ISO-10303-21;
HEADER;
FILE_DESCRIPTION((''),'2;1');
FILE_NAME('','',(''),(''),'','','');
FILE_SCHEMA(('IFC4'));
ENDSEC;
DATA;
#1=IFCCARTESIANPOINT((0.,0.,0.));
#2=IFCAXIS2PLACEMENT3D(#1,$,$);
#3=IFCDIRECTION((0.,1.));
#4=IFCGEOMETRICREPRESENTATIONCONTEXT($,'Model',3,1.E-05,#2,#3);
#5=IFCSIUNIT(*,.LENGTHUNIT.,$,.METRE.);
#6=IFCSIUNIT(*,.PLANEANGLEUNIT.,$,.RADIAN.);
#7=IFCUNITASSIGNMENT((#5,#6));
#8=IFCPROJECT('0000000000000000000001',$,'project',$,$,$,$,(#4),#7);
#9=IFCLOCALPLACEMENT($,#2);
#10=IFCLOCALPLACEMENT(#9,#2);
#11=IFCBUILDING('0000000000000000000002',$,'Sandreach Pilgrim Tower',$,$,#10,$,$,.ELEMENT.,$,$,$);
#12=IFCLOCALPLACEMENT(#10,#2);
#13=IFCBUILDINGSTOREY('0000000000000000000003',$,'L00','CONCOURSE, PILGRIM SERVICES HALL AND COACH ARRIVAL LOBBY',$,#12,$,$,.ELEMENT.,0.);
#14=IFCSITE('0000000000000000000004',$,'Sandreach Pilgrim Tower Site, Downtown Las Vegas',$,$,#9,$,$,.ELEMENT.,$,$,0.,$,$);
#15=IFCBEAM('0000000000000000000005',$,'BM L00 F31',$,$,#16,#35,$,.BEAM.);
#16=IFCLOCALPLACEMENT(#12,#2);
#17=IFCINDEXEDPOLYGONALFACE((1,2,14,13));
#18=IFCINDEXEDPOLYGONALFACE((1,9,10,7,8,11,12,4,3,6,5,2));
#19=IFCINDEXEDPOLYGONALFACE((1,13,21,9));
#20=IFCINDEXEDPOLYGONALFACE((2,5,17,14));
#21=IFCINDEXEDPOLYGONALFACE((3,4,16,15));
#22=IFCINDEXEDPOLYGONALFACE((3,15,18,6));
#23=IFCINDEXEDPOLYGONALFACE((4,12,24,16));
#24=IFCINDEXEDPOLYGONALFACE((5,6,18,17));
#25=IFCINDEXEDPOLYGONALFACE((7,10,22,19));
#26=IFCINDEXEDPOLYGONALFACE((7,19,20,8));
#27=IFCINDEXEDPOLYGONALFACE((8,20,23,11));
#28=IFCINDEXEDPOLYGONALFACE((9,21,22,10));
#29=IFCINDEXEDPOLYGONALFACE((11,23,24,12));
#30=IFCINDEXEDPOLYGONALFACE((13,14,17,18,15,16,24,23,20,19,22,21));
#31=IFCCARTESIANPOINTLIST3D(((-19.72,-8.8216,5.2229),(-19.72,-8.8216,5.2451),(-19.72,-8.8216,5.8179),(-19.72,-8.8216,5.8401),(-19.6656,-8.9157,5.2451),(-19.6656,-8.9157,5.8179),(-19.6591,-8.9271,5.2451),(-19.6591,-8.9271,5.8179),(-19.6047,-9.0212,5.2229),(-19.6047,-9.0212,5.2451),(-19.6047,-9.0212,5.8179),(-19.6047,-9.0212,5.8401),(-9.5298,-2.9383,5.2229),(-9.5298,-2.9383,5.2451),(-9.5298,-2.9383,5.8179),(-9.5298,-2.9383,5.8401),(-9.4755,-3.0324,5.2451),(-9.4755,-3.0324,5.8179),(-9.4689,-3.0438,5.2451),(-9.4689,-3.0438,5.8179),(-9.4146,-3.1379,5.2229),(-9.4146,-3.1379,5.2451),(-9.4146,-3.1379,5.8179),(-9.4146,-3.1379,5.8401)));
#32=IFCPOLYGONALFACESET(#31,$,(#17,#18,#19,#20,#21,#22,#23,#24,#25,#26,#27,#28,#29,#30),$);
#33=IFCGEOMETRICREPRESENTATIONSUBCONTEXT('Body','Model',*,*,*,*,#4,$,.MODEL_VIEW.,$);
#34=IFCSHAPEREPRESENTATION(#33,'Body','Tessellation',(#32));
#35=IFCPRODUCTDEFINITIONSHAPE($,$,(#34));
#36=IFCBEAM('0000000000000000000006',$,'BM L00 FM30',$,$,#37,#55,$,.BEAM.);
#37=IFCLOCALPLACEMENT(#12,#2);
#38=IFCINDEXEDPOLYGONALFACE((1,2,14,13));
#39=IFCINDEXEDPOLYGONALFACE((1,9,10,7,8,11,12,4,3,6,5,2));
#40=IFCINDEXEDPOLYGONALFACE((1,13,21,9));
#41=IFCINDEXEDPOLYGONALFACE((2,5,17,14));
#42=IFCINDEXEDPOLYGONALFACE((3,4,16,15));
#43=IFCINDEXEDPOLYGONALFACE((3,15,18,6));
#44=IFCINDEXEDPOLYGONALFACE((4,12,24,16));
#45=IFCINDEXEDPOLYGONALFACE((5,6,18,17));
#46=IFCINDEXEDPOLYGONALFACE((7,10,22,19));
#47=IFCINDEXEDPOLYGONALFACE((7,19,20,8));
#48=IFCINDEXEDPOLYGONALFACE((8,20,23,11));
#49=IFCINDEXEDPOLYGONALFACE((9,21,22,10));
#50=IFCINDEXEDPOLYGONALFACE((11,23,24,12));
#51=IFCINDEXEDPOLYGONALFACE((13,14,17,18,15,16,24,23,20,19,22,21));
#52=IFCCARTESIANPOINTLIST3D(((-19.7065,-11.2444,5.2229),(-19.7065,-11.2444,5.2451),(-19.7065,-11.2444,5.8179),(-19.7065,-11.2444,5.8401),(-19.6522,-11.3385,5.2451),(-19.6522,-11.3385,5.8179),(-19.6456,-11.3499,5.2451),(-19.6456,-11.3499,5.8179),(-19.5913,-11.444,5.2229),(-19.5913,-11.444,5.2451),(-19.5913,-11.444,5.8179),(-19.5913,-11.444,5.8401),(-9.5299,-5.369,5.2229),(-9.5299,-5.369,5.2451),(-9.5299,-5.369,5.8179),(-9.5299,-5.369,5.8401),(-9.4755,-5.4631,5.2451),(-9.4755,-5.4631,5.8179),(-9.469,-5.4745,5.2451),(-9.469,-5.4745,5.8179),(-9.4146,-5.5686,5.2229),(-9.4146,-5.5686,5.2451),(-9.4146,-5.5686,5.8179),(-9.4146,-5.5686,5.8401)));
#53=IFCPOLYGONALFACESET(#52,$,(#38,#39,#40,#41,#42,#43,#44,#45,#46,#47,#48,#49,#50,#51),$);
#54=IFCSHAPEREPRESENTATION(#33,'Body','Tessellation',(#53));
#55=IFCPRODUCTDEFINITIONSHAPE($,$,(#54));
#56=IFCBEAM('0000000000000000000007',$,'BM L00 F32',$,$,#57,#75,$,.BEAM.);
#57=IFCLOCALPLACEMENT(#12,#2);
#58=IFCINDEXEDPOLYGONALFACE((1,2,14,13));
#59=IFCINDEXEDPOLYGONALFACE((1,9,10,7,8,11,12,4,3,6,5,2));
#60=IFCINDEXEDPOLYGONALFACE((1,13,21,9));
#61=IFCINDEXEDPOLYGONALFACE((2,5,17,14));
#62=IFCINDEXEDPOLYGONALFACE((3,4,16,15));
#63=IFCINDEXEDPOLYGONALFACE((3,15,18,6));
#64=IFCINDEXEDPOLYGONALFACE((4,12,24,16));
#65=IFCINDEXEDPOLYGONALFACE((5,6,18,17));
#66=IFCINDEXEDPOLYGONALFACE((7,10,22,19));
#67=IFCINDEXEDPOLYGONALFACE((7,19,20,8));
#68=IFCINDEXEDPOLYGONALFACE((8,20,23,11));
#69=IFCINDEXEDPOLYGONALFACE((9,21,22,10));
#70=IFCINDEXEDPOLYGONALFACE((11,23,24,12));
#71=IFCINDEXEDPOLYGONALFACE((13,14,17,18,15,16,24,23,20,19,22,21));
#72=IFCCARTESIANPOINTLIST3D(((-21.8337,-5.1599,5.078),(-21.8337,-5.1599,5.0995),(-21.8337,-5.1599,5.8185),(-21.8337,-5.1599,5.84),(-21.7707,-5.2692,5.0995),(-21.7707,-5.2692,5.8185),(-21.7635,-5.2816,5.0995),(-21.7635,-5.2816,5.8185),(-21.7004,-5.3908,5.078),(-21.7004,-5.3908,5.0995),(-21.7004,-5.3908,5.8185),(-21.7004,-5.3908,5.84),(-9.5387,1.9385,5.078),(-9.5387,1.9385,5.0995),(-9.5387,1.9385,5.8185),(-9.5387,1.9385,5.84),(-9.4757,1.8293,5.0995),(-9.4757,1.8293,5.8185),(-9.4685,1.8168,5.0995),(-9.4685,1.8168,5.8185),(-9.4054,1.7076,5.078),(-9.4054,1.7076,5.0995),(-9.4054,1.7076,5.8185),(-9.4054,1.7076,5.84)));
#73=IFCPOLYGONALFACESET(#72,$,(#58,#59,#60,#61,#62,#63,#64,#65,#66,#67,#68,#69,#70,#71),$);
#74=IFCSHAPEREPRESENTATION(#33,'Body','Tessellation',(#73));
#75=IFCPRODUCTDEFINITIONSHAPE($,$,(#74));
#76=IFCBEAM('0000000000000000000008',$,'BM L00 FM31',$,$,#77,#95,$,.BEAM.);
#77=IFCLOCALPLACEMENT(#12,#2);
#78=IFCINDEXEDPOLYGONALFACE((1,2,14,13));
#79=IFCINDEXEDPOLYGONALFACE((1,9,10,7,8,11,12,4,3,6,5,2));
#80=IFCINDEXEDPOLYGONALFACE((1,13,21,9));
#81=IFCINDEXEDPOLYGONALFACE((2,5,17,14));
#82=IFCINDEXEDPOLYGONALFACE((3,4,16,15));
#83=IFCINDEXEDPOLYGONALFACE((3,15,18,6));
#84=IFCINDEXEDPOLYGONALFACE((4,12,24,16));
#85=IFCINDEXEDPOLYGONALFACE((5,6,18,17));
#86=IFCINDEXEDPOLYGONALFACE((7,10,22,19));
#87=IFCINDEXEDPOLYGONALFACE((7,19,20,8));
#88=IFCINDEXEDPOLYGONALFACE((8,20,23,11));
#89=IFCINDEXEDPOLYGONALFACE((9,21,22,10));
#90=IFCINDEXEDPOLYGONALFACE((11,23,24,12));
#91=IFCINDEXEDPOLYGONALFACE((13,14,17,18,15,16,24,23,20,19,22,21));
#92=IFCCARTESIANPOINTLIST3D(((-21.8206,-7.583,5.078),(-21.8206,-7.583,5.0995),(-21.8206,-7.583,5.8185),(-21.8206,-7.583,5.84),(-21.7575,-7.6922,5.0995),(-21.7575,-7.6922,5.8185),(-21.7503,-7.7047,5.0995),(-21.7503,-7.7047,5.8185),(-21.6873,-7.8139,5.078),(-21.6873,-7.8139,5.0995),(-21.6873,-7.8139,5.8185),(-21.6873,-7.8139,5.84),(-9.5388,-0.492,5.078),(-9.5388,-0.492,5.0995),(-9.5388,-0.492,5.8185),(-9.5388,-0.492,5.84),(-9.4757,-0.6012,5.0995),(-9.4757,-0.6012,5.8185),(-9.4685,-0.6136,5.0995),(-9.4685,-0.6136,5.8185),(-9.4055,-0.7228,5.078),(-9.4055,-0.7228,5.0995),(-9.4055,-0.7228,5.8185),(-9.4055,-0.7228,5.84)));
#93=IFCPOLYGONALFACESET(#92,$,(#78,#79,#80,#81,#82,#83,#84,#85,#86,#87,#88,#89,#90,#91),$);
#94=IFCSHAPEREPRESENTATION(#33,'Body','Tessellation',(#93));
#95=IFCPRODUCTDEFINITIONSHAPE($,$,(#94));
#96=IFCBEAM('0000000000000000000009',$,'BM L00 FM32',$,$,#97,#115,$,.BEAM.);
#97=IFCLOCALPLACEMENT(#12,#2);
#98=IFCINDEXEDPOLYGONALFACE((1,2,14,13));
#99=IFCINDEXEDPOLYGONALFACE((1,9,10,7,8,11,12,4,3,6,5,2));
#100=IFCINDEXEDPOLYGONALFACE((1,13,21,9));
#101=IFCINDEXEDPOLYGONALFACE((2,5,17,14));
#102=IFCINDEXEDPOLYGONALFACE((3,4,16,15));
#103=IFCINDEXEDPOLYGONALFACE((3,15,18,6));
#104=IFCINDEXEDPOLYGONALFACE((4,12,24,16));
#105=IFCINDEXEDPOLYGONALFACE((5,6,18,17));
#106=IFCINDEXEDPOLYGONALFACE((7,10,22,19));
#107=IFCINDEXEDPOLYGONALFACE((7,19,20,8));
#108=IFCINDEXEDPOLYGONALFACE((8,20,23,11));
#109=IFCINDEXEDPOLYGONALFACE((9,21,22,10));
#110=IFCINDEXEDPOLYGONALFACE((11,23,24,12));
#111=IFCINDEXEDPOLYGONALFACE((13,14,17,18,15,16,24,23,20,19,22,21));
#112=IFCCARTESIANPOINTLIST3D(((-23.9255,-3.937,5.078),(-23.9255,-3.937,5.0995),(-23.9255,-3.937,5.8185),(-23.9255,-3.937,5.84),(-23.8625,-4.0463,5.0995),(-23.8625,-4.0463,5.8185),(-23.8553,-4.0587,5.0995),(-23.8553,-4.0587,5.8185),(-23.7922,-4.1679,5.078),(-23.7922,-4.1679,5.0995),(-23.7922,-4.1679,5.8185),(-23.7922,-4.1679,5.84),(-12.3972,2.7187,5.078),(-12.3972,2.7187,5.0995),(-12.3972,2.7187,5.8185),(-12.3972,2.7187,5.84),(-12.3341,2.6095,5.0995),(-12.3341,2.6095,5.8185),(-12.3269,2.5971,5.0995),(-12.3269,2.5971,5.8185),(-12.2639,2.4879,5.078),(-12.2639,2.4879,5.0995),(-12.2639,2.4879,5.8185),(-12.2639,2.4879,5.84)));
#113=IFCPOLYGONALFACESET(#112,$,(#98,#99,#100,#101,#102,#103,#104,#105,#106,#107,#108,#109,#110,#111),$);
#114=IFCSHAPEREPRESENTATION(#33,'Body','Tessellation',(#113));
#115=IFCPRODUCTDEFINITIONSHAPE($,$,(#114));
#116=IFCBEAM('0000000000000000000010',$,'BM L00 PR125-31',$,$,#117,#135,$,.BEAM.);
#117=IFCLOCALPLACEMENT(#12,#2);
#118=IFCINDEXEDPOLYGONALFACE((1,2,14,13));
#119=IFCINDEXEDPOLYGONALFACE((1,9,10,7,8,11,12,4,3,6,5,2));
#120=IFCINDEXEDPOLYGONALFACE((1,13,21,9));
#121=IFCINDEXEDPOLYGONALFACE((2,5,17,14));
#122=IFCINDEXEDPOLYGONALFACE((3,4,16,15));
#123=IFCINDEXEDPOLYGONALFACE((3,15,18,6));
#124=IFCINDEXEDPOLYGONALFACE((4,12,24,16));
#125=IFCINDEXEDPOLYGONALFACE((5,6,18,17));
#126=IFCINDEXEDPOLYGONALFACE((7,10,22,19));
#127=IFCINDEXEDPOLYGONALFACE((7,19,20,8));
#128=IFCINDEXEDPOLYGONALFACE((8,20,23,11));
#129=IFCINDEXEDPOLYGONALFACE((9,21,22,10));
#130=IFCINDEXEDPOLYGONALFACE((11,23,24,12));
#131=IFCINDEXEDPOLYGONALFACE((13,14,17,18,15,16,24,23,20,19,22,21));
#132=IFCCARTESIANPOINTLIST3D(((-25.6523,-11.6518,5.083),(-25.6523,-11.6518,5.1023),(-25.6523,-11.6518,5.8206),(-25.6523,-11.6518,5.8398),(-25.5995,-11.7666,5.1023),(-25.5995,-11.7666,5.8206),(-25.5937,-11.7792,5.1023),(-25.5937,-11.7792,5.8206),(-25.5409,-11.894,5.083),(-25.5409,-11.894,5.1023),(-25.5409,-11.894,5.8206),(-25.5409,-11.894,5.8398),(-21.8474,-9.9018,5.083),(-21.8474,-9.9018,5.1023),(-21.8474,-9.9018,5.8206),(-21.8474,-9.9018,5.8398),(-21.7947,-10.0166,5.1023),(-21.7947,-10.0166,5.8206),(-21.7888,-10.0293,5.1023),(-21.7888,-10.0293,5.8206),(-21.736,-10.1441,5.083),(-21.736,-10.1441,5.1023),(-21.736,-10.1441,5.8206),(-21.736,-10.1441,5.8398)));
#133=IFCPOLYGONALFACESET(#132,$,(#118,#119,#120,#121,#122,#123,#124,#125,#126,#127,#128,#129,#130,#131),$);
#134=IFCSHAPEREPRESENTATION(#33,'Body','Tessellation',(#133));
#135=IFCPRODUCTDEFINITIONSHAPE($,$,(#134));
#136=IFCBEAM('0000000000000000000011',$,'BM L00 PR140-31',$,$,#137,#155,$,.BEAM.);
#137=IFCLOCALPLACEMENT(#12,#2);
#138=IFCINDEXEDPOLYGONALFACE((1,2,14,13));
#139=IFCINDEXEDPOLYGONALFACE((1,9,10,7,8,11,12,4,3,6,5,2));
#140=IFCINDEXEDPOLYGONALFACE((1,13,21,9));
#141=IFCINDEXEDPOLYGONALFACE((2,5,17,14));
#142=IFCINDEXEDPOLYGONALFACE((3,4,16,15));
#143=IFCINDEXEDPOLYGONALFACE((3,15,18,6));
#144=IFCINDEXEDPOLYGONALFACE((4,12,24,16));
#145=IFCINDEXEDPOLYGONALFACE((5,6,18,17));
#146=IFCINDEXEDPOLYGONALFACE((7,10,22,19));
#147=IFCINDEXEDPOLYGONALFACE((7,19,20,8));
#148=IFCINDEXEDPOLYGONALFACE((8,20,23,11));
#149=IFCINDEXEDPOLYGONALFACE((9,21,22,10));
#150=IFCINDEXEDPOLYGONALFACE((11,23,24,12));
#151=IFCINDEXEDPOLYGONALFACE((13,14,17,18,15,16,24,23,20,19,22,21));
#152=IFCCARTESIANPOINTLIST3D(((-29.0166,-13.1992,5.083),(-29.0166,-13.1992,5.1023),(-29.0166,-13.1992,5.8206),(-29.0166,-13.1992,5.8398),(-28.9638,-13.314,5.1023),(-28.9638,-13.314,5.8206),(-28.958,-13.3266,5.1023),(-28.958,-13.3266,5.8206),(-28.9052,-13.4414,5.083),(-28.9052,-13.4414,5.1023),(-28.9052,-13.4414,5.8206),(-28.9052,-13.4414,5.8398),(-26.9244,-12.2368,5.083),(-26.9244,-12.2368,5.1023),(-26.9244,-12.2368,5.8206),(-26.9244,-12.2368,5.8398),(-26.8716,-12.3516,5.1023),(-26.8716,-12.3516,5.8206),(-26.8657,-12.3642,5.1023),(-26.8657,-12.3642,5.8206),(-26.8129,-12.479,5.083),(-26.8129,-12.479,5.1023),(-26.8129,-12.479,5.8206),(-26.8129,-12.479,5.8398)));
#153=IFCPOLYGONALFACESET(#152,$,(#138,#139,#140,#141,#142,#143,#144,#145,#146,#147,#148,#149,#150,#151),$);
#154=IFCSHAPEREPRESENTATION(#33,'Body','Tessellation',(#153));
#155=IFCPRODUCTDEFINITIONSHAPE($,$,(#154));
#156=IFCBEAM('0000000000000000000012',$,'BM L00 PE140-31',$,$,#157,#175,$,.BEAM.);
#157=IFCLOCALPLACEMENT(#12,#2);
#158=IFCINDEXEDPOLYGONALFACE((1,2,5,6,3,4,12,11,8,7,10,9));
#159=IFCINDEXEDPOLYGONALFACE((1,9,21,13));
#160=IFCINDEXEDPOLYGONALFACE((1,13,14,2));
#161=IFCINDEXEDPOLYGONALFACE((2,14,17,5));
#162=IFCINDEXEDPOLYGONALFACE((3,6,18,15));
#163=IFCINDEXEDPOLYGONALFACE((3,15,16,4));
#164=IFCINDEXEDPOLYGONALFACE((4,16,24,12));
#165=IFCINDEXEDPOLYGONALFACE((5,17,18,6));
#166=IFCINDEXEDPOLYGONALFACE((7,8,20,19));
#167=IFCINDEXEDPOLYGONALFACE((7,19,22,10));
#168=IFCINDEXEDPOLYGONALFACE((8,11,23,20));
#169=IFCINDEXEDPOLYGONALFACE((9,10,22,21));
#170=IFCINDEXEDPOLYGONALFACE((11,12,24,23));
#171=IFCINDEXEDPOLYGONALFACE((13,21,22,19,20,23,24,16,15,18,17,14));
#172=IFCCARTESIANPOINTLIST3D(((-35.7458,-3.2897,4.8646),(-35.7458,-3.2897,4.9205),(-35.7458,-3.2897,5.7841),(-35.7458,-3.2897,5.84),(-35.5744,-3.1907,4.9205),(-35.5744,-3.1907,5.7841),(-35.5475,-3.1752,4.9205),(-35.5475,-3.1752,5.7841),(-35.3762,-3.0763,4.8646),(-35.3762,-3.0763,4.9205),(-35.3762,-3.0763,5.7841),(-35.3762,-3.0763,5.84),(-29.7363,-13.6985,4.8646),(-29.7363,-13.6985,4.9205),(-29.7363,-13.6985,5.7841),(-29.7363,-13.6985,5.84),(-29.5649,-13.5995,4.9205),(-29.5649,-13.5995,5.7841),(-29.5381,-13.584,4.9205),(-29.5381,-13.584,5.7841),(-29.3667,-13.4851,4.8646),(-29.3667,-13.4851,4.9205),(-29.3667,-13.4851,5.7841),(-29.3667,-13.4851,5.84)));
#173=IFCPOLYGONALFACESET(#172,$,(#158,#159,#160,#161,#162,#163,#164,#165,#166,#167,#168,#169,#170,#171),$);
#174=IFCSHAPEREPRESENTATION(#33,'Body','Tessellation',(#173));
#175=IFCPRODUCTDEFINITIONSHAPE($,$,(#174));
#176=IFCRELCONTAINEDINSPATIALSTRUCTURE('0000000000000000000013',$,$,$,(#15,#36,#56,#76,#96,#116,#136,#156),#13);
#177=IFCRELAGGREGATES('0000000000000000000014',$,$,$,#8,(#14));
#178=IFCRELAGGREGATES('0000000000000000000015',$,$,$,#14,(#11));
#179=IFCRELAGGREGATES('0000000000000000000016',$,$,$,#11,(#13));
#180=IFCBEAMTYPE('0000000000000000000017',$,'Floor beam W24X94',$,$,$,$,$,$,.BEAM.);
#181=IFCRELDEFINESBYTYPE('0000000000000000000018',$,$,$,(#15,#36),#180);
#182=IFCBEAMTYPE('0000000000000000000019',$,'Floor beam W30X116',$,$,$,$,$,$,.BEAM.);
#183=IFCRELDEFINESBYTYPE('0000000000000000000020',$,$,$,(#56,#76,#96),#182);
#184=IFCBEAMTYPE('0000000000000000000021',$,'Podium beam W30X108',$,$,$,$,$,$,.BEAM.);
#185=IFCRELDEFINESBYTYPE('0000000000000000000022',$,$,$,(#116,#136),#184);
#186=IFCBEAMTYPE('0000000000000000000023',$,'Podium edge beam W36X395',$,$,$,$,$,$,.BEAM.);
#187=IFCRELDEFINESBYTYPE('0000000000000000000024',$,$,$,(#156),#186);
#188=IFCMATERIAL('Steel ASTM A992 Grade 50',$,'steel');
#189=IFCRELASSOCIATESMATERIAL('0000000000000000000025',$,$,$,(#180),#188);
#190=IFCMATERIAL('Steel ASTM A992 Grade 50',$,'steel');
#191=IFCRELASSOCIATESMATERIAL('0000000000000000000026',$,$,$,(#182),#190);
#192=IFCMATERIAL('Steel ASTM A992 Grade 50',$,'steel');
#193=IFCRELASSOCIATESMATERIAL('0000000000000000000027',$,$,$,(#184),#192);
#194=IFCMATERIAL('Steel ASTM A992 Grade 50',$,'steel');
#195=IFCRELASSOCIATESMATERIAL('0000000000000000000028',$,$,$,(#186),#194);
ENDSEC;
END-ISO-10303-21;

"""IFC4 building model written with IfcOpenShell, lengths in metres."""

from ifc_helpers import new_model, si_unit, direction, frame, origin, origin_2d, place, context, subcontext, project, spatial, i_section, extrude, material, material_profile, profile_set, type_object, element, save


model = new_model("IFC4")

# Units and contexts
model_context = context("Model", 3, precision=1e-05, world=origin(), true_north=direction((0.0, 1.0)))
body_context = subcontext(model_context, "Body", "Model", "MODEL_VIEW")
ifc_project = project(units=[si_unit("LENGTHUNIT", "METRE"), si_unit("PLANEANGLEUNIT", "RADIAN")], contexts=[model_context])

# Site, building, storey
site_placement = place(None, origin())
site = spatial("IfcSite", under=ifc_project, at=site_placement, Name="Sandreach Pilgrim Tower Site, Downtown Las Vegas", CompositionType="ELEMENT", RefElevation=0.0)
building_placement = place(site_placement, origin())
building = spatial("IfcBuilding", under=site, at=building_placement, Name="Sandreach Pilgrim Tower", CompositionType="ELEMENT")
storey_placement = place(building_placement, origin())
storey = spatial("IfcBuildingStorey", under=building, at=storey_placement, Name="L00", Description="CONCOURSE, PILGRIM SERVICES HALL AND COACH ARRIVAL LOBBY", CompositionType="ELEMENT", Elevation=0.0)

# Beams
ifc_material_1 = material(Name="Steel ASTM A992 Grade 50", Category="steel")
ifc_material_profile_1 = material_profile(ifc_material_1, i_section(OverallWidth=0.2305, OverallDepth=0.6172, WebThickness=0.0132, FlangeThickness=0.0222, at=origin_2d()), Name="W24X94")
ifc_profile_set_1 = profile_set([ifc_material_profile_1], Name="Steel ASTM A992 Grade 50")
beam_type_1 = type_object("IfcBeamType", Name="Floor beam W24X94", PredefinedType="BEAM", material=ifc_profile_set_1)
beam_1_placement = place(storey_placement, frame((-19.6624, -8.9214, 5.5315), z_axis=(0.866026, 0.5, 0.0), x_axis=(-0.5, 0.866026, 0.0)))
element("IfcBeam", 1, at=beam_1_placement, inside=storey, type_object=beam_type_1, Name="BM L00 F31", PredefinedType="BEAM", context=body_context, shape_type="SweptSolid", body=[
    extrude(i_section(OverallWidth=0.2305, OverallDepth=0.6172, WebThickness=0.0132, FlangeThickness=0.0222, at=origin_2d()), origin(), (0.0, 0.0, 1.0), 11.7666),
])
beam_2_placement = place(storey_placement, frame((-19.6489, -11.3442, 5.5315), z_axis=(0.866028, 0.499996, 0.0), x_axis=(-0.499996, 0.866028, 0.0)))
element("IfcBeam", 2, at=beam_2_placement, inside=storey, type_object=beam_type_1, Name="BM L00 FM30", PredefinedType="BEAM", context=body_context, shape_type="SweptSolid", body=[
    extrude(i_section(OverallWidth=0.2305, OverallDepth=0.6172, WebThickness=0.0132, FlangeThickness=0.0222, at=origin_2d()), origin(), (0.0, 0.0, 1.0), 11.751),
])
ifc_material_2 = material(Name="Steel ASTM A992 Grade 50", Category="steel")
ifc_material_profile_2 = material_profile(ifc_material_2, i_section(OverallWidth=0.2666, OverallDepth=0.762, WebThickness=0.0144, FlangeThickness=0.0215, at=origin_2d()), Name="W30X116")
ifc_profile_set_2 = profile_set([ifc_material_profile_2], Name="Steel ASTM A992 Grade 50")
beam_type_2 = type_object("IfcBeamType", Name="Floor beam W30X116", PredefinedType="BEAM", material=ifc_profile_set_2)
beam_3_placement = place(storey_placement, frame((-21.7671, -5.2754, 5.459), z_axis=(0.866028, 0.499995, 0.0), x_axis=(-0.499995, 0.866028, 0.0)))
element("IfcBeam", 3, at=beam_3_placement, inside=storey, type_object=beam_type_2, Name="BM L00 F32", PredefinedType="BEAM", context=body_context, shape_type="SweptSolid", body=[
    extrude(i_section(OverallWidth=0.2666, OverallDepth=0.762, WebThickness=0.0144, FlangeThickness=0.0215, at=origin_2d()), origin(), (0.0, 0.0, 1.0), 14.197),
])
beam_4_placement = place(storey_placement, frame((-21.7539, -7.6985, 5.459), z_axis=(0.866019, 0.500011, 0.0), x_axis=(-0.500011, 0.866019, 0.0)))
element("IfcBeam", 4, at=beam_4_placement, inside=storey, type_object=beam_type_2, Name="BM L00 FM31", PredefinedType="BEAM", context=body_context, shape_type="SweptSolid", body=[
    extrude(i_section(OverallWidth=0.2666, OverallDepth=0.762, WebThickness=0.0144, FlangeThickness=0.0215, at=origin_2d()), origin(), (0.0, 0.0, 1.0), 14.1819),
])
beam_5_placement = place(storey_placement, frame((-23.8589, -4.0525, 5.459), z_axis=(0.866029, 0.499993, 0.0), x_axis=(-0.499993, 0.866029, 0.0)))
element("IfcBeam", 5, at=beam_5_placement, inside=storey, type_object=beam_type_2, Name="BM L00 FM32", PredefinedType="BEAM", context=body_context, shape_type="SweptSolid", body=[
    extrude(i_section(OverallWidth=0.2666, OverallDepth=0.762, WebThickness=0.0144, FlangeThickness=0.0215, at=origin_2d()), origin(), (0.0, 0.0, 1.0), 13.3118),
])
ifc_material_3 = material(Name="Steel ASTM A992 Grade 50", Category="steel")
ifc_material_profile_3 = material_profile(ifc_material_3, i_section(OverallWidth=0.2666, OverallDepth=0.7568, WebThickness=0.0139, FlangeThickness=0.0193, at=origin_2d()), Name="W30X108")
ifc_profile_set_3 = profile_set([ifc_material_profile_3], Name="Steel ASTM A992 Grade 50")
beam_type_3 = type_object("IfcBeamType", Name="Podium beam W30X108", PredefinedType="BEAM", material=ifc_profile_set_3)
beam_6_placement = place(storey_placement, frame((-21.7917, -10.0229, 5.4614), z_axis=(-0.908515, -0.417853, 0.0), x_axis=(0.417853, -0.908515, 0.0)))
element("IfcBeam", 6, at=beam_6_placement, inside=storey, type_object=beam_type_3, Name="BM L00 PR125-31", PredefinedType="BEAM", context=body_context, shape_type="SweptSolid", body=[
    extrude(i_section(OverallWidth=0.2666, OverallDepth=0.7568, WebThickness=0.0139, FlangeThickness=0.0193, at=origin_2d()), origin(), (0.0, 0.0, 1.0), 4.188),
])
beam_7_placement = place(storey_placement, frame((-26.8687, -12.3579, 5.4614), z_axis=(-0.908499, -0.417888, 0.0), x_axis=(0.417888, -0.908499, 0.0)))
element("IfcBeam", 7, at=beam_7_placement, inside=storey, type_object=beam_type_3, Name="BM L00 PR140-31", PredefinedType="BEAM", context=body_context, shape_type="SweptSolid", body=[
    extrude(i_section(OverallWidth=0.2666, OverallDepth=0.7568, WebThickness=0.0139, FlangeThickness=0.0193, at=origin_2d()), origin(), (0.0, 0.0, 1.0), 2.303),
])
ifc_material_4 = material(Name="Steel ASTM A992 Grade 50", Category="steel")
ifc_material_profile_4 = material_profile(ifc_material_4, i_section(OverallWidth=0.4268, OverallDepth=0.9753, WebThickness=0.031, FlangeThickness=0.0559, at=origin_2d()), Name="W36X395")
ifc_profile_set_4 = profile_set([ifc_material_profile_4], Name="Steel ASTM A992 Grade 50")
beam_type_4 = type_object("IfcBeamType", Name="Podium edge beam W36X395", PredefinedType="BEAM", material=ifc_profile_set_4)
beam_8_placement = place(storey_placement, frame((-29.5515, -13.5918, 5.3523), z_axis=(-0.499995, 0.866028, 0.0), x_axis=(-0.866028, -0.499995, 0.0)))
element("IfcBeam", 8, at=beam_8_placement, inside=storey, type_object=beam_type_4, Name="BM L00 PE140-31", PredefinedType="BEAM", context=body_context, shape_type="SweptSolid", body=[
    extrude(i_section(OverallWidth=0.4268, OverallDepth=0.9753, WebThickness=0.031, FlangeThickness=0.0559, at=origin_2d()), origin(), (0.0, 0.0, 1.0), 12.019),
])

save(model, "model.ifc")
